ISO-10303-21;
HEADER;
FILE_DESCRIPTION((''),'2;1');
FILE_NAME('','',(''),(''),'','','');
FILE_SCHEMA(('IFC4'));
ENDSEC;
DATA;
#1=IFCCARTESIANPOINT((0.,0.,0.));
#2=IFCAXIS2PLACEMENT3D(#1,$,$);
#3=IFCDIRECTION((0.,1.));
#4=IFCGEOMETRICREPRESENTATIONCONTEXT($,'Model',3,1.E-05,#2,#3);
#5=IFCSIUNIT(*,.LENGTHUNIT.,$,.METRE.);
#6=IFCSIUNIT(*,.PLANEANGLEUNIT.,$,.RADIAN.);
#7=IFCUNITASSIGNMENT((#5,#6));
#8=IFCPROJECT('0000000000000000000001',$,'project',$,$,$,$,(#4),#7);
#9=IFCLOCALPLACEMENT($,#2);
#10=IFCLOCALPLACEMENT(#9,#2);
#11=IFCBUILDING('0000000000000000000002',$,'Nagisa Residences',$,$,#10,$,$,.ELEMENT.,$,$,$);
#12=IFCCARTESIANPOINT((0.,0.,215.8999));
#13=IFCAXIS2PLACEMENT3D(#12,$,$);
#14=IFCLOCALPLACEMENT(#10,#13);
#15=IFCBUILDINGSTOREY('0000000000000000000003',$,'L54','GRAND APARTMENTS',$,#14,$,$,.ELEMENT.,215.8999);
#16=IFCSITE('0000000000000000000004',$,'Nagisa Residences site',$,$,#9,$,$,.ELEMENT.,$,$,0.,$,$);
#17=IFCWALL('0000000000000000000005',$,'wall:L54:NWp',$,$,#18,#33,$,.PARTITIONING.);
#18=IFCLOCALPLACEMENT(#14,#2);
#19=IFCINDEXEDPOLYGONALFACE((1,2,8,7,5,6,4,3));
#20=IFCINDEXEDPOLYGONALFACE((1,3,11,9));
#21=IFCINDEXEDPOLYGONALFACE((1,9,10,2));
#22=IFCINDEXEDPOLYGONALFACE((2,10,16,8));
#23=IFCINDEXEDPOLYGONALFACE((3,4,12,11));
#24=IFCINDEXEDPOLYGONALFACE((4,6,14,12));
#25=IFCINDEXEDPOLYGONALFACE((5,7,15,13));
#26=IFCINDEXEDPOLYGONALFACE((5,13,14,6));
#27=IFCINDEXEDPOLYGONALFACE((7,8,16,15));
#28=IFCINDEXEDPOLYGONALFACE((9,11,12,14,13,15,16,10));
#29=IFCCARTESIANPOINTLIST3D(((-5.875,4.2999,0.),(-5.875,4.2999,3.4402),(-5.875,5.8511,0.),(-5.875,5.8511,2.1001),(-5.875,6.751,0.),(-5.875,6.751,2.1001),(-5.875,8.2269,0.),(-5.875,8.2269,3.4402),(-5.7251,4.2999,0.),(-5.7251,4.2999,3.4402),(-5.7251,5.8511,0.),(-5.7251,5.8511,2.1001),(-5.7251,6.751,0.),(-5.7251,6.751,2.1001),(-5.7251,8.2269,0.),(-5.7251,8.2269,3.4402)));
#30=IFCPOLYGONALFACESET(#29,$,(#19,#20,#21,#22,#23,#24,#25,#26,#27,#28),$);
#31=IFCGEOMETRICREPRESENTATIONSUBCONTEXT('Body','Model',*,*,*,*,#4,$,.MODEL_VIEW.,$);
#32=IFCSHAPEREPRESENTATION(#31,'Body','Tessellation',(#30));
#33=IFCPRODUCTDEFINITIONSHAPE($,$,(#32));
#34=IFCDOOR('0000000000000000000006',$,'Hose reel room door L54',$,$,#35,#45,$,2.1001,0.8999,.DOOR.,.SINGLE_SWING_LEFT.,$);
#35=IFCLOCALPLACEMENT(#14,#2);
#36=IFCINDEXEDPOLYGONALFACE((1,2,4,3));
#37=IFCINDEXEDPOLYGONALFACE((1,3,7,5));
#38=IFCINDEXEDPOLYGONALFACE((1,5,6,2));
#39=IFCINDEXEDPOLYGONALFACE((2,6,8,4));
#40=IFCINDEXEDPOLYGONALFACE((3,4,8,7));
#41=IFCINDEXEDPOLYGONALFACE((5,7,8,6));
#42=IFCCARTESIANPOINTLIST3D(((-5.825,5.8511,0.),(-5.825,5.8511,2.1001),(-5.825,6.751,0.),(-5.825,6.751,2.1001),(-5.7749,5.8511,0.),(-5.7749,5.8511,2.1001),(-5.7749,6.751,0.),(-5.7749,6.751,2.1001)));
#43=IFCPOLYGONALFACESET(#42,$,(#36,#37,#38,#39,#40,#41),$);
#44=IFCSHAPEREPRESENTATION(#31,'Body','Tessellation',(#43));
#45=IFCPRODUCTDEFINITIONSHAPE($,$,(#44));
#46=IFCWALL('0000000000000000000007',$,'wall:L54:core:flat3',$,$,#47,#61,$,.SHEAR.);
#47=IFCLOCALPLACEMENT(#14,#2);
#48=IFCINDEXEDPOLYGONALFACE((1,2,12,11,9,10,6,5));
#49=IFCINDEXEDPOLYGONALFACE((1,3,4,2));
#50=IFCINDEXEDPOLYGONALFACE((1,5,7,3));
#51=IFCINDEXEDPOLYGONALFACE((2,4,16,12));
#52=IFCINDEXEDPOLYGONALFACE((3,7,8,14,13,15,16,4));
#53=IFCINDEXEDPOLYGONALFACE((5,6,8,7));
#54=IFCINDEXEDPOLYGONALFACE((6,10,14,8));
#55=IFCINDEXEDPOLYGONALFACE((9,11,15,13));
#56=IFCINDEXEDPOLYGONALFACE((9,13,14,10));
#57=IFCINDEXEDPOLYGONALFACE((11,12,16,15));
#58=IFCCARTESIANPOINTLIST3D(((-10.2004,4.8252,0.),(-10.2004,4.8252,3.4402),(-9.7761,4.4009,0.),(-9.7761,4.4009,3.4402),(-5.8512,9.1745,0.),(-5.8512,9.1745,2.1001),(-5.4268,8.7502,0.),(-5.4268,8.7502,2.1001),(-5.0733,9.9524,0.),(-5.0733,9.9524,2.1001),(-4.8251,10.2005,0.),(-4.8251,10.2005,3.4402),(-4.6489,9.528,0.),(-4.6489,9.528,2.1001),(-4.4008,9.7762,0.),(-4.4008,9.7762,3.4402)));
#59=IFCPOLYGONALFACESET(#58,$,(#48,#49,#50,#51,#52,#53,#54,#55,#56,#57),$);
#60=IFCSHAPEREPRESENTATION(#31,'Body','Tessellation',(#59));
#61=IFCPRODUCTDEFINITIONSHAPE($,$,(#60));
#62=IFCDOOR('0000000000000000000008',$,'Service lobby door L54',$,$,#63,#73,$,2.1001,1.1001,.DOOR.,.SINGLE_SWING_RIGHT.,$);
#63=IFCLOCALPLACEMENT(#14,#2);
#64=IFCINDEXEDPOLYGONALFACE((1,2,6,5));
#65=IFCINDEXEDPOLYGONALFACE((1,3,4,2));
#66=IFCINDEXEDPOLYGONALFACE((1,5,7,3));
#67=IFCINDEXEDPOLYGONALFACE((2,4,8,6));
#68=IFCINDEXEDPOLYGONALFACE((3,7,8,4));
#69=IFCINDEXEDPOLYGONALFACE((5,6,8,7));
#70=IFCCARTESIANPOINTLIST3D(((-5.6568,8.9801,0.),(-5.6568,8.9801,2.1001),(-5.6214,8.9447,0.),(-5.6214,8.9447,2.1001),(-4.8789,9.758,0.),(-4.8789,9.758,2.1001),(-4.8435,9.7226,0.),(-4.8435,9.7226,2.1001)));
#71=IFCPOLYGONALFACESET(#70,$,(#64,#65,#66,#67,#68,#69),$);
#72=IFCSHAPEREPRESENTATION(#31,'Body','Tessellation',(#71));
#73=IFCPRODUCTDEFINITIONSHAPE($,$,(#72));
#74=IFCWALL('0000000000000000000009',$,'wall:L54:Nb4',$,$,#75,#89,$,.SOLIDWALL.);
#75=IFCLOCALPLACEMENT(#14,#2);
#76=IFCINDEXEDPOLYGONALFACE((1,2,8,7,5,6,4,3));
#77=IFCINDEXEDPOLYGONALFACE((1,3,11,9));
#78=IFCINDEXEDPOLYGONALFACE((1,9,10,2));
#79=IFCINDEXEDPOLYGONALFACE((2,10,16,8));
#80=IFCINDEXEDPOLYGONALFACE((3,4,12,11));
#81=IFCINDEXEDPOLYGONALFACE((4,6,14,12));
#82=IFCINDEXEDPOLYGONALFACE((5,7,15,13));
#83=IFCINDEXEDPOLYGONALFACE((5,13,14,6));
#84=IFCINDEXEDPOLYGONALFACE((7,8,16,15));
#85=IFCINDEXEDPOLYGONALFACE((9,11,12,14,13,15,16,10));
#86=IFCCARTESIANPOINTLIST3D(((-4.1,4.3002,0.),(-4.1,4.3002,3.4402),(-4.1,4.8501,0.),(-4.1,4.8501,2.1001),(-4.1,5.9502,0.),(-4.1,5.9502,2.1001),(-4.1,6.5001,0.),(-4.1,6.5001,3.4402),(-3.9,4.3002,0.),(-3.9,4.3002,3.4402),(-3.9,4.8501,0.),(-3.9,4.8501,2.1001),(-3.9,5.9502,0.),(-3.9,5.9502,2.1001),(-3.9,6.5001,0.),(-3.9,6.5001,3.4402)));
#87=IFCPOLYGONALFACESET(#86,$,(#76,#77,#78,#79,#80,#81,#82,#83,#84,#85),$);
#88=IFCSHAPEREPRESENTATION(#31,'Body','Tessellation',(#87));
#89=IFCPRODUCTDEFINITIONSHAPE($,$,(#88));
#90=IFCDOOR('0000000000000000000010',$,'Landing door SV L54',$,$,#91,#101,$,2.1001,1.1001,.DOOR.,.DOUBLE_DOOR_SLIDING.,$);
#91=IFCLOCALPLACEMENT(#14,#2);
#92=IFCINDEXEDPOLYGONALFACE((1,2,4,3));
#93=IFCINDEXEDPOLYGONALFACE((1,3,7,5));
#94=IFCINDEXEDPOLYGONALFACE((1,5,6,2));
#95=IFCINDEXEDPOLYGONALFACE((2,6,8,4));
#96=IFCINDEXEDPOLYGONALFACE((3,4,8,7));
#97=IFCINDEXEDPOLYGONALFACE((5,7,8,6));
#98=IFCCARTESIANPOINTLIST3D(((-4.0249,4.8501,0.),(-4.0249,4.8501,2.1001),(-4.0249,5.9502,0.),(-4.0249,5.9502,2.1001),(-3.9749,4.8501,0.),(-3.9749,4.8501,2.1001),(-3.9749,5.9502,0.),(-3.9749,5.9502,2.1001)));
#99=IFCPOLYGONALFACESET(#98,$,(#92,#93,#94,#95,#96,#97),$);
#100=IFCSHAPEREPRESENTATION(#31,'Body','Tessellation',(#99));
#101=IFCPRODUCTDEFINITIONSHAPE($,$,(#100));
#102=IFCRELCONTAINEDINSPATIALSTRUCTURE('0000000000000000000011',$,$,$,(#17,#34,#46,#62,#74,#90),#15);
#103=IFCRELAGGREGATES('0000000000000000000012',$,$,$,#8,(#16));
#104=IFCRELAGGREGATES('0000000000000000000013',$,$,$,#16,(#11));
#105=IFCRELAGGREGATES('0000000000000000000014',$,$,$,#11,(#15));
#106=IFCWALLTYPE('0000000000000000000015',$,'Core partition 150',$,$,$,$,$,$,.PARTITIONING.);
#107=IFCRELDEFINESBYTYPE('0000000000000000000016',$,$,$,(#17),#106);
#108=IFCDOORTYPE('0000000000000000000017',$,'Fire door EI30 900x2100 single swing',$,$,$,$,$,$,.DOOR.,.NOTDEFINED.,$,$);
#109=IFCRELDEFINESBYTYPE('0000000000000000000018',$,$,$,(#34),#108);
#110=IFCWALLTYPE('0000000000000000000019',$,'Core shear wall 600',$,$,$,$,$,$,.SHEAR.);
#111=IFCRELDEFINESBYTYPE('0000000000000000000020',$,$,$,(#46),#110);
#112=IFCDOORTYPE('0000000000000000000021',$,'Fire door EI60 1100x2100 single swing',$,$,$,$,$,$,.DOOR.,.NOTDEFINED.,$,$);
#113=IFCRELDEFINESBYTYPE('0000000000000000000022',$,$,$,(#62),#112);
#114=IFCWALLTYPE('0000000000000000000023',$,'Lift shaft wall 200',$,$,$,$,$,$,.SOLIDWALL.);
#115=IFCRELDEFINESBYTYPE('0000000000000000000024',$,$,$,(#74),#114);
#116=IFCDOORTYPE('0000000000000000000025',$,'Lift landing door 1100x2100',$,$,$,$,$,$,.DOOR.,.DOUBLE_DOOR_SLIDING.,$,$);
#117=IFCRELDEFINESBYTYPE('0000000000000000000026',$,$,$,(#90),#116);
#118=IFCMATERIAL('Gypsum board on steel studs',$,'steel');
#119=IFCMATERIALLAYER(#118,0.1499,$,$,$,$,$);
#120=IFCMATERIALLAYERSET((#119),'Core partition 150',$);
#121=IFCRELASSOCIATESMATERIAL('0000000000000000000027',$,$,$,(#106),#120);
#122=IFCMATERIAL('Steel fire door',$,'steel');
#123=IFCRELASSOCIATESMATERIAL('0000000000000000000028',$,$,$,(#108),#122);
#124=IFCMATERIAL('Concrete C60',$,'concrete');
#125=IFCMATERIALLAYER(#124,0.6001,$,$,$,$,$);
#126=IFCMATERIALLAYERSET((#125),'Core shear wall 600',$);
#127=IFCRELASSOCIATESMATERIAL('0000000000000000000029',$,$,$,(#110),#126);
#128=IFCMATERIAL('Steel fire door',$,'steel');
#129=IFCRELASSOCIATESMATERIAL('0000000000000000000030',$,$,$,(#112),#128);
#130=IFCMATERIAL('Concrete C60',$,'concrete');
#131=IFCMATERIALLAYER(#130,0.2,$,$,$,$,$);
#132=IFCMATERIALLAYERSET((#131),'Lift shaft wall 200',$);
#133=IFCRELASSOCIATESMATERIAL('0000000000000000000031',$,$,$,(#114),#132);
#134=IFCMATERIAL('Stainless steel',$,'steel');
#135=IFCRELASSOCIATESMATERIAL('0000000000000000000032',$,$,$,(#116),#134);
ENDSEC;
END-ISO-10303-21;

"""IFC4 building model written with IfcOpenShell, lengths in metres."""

from ifc_helpers import new_model, si_unit, direction, frame, frame_2d, origin, place, context, subcontext, project, spatial, rectangle, extrude, material, layer, layer_set, type_object, element, fill, save


model = new_model("IFC4")

# Units and contexts
model_context = context("Model", 3, precision=1e-05, world=origin(), true_north=direction((0.0, 1.0)))
body_context = subcontext(model_context, "Body", "Model", "MODEL_VIEW")
ifc_project = project(units=[si_unit("LENGTHUNIT", "METRE"), si_unit("PLANEANGLEUNIT", "RADIAN")], contexts=[model_context])

# Site, building, storey
site_placement = place(None, origin())
site = spatial("IfcSite", under=ifc_project, at=site_placement, Name="Nagisa Residences site", CompositionType="ELEMENT", RefElevation=0.0)
building_placement = place(site_placement, origin())
building = spatial("IfcBuilding", under=site, at=building_placement, Name="Nagisa Residences", CompositionType="ELEMENT")
storey_placement = place(building_placement, frame((0.0, 0.0, 215.8999)))
storey = spatial("IfcBuildingStorey", under=building, at=storey_placement, Name="L54", Description="GRAND APARTMENTS", CompositionType="ELEMENT", Elevation=215.8999)

# Walls, openings, doors
ifc_material_1 = material(Name="Gypsum board on steel studs", Category="steel")
ifc_layer_1 = layer(ifc_material_1, 0.1499)
ifc_layer_set_1 = layer_set([ifc_layer_1], Name="Core partition 150")
wall_type_1 = type_object("IfcWallType", Name="Core partition 150", PredefinedType="PARTITIONING", material=ifc_layer_set_1)
wall_1_placement = place(storey_placement, frame((-5.8, 4.3, 0.0), z_axis=(0.0, 0.0, 1.0), x_axis=(0.0, 1.0, 0.0)))
wall_1 = element("IfcWall", 1, at=wall_1_placement, inside=storey, type_object=wall_type_1, Name="wall:L54:NWp", PredefinedType="PARTITIONING", context=body_context, shape_type="SweptSolid", body=[
    extrude(rectangle(XDim=3.927, YDim=0.1499, at=frame_2d((1.9634, 0.0))), origin(), (0.0, 0.0, 1.0), 3.4402),
])
opening_1_placement = place(wall_1_placement, frame((1.551, 0.0, 0.0)))
opening_1 = element("IfcOpeningElement", 2, at=opening_1_placement, cuts=wall_1, PredefinedType="OPENING", context=body_context, shape_type="SweptSolid", body=[
    extrude(rectangle(XDim=0.8999, YDim=2.1001, at=frame_2d((0.45, 1.05))), frame((0.0, 0.085, 0.0), z_axis=(0.0, -1.0, 0.0), x_axis=(1.0, 0.0, 0.0)), (0.0, 0.0, 1.0), 0.1699),
])
ifc_material_2 = material(Name="Steel fire door", Category="steel")
door_type_1 = type_object("IfcDoorType", Name="Fire door EI30 900x2100 single swing", OperationType="NOTDEFINED", PredefinedType="DOOR", material=ifc_material_2)
door_1_placement = place(opening_1_placement, origin())
door_1 = element("IfcDoor", 3, at=door_1_placement, inside=storey, type_object=door_type_1, Name="Hose reel room door L54", OperationType="SINGLE_SWING_LEFT", OverallHeight=2.1001, OverallWidth=0.8999, PredefinedType="DOOR", context=body_context, shape_type="SweptSolid", body=[
    extrude(rectangle(XDim=0.8999, YDim=2.1001, at=frame_2d((0.45, 1.05))), frame((0.0, 0.0249, 0.0), z_axis=(0.0, -1.0, 0.0), x_axis=(1.0, 0.0, 0.0)), (0.0, 0.0, 1.0), 0.05),
])
fill(opening_1, door_1)
ifc_material_3 = material(Name="Concrete C60", Category="concrete")
ifc_layer_2 = layer(ifc_material_3, 0.6001)
ifc_layer_set_2 = layer_set([ifc_layer_2], Name="Core shear wall 600")
wall_type_2 = type_object("IfcWallType", Name="Core shear wall 600", PredefinedType="SHEAR", material=ifc_layer_set_2)
wall_2_placement = place(storey_placement, frame((-4.613, 9.9883, 0.0), z_axis=(0.0, 0.0, 1.0), x_axis=(-0.707107, -0.707107, 0.0)))
wall_2 = element("IfcWall", 4, at=wall_2_placement, inside=storey, type_object=wall_type_2, Name="wall:L54:core:flat3", PredefinedType="SHEAR", context=body_context, shape_type="SweptSolid", body=[
    extrude(rectangle(XDim=7.6018, YDim=0.6001, at=frame_2d((3.8008, 0.0))), origin(), (0.0, 0.0, 1.0), 3.4402),
])
opening_2_placement = place(wall_2_placement, frame((0.3508, 0.0, 0.0)))
opening_2 = element("IfcOpeningElement", 5, at=opening_2_placement, cuts=wall_2, PredefinedType="OPENING", context=body_context, shape_type="SweptSolid", body=[
    extrude(rectangle(XDim=1.1001, YDim=2.1001, at=frame_2d((0.55, 1.05))), frame((0.0, 0.3101, 0.0), z_axis=(0.0, -1.0, 0.0), x_axis=(1.0, 0.0, 0.0)), (0.0, 0.0, 1.0), 0.6201),
])
ifc_material_4 = material(Name="Steel fire door", Category="steel")
door_type_2 = type_object("IfcDoorType", Name="Fire door EI60 1100x2100 single swing", OperationType="NOTDEFINED", PredefinedType="DOOR", material=ifc_material_4)
door_2_placement = place(opening_2_placement, origin())
door_2 = element("IfcDoor", 6, at=door_2_placement, inside=storey, type_object=door_type_2, Name="Service lobby door L54", OperationType="SINGLE_SWING_RIGHT", OverallHeight=2.1001, OverallWidth=1.1001, PredefinedType="DOOR", context=body_context, shape_type="SweptSolid", body=[
    extrude(rectangle(XDim=1.1001, YDim=2.1001, at=frame_2d((0.55, 1.05))), frame((0.0, 0.0249, 0.0), z_axis=(0.0, -1.0, 0.0), x_axis=(1.0, 0.0, 0.0)), (0.0, 0.0, 1.0), 0.05),
])
fill(opening_2, door_2)
ifc_material_5 = material(Name="Concrete C60", Category="concrete")
ifc_layer_3 = layer(ifc_material_5, 0.2)
ifc_layer_set_3 = layer_set([ifc_layer_3], Name="Lift shaft wall 200")
wall_type_3 = type_object("IfcWallType", Name="Lift shaft wall 200", PredefinedType="SOLIDWALL", material=ifc_layer_set_3)
wall_3_placement = place(storey_placement, frame((-4.0, 4.3, 0.0), z_axis=(0.0, 0.0, 1.0), x_axis=(0.0, 1.0, 0.0)))
wall_3 = element("IfcWall", 7, at=wall_3_placement, inside=storey, type_object=wall_type_3, Name="wall:L54:Nb4", PredefinedType="SOLIDWALL", context=body_context, shape_type="SweptSolid", body=[
    extrude(rectangle(XDim=2.2, YDim=0.2, at=frame_2d((1.1001, 0.0))), origin(), (0.0, 0.0, 1.0), 3.4402),
])
opening_3_placement = place(wall_3_placement, frame((0.55, 0.0, 0.0)))
opening_3 = element("IfcOpeningElement", 8, at=opening_3_placement, cuts=wall_3, PredefinedType="OPENING", context=body_context, shape_type="SweptSolid", body=[
    extrude(rectangle(XDim=1.1001, YDim=2.1001, at=frame_2d((0.55, 1.05))), frame((0.0, 0.1099, 0.0), z_axis=(0.0, -1.0, 0.0), x_axis=(1.0, 0.0, 0.0)), (0.0, 0.0, 1.0), 0.22),
])
ifc_material_6 = material(Name="Stainless steel", Category="steel")
door_type_3 = type_object("IfcDoorType", Name="Lift landing door 1100x2100", OperationType="DOUBLE_DOOR_SLIDING", PredefinedType="DOOR", material=ifc_material_6)
door_3_placement = place(opening_3_placement, origin())
door_3 = element("IfcDoor", 9, at=door_3_placement, inside=storey, type_object=door_type_3, Name="Landing door SV L54", OperationType="DOUBLE_DOOR_SLIDING", OverallHeight=2.1001, OverallWidth=1.1001, PredefinedType="DOOR", context=body_context, shape_type="SweptSolid", body=[
    extrude(rectangle(XDim=1.1001, YDim=2.1001, at=frame_2d((0.55, 1.05))), frame((0.0, 0.0249, 0.0), z_axis=(0.0, -1.0, 0.0), x_axis=(1.0, 0.0, 0.0)), (0.0, 0.0, 1.0), 0.05),
])
fill(opening_3, door_3)

save(model, "model.ifc")
